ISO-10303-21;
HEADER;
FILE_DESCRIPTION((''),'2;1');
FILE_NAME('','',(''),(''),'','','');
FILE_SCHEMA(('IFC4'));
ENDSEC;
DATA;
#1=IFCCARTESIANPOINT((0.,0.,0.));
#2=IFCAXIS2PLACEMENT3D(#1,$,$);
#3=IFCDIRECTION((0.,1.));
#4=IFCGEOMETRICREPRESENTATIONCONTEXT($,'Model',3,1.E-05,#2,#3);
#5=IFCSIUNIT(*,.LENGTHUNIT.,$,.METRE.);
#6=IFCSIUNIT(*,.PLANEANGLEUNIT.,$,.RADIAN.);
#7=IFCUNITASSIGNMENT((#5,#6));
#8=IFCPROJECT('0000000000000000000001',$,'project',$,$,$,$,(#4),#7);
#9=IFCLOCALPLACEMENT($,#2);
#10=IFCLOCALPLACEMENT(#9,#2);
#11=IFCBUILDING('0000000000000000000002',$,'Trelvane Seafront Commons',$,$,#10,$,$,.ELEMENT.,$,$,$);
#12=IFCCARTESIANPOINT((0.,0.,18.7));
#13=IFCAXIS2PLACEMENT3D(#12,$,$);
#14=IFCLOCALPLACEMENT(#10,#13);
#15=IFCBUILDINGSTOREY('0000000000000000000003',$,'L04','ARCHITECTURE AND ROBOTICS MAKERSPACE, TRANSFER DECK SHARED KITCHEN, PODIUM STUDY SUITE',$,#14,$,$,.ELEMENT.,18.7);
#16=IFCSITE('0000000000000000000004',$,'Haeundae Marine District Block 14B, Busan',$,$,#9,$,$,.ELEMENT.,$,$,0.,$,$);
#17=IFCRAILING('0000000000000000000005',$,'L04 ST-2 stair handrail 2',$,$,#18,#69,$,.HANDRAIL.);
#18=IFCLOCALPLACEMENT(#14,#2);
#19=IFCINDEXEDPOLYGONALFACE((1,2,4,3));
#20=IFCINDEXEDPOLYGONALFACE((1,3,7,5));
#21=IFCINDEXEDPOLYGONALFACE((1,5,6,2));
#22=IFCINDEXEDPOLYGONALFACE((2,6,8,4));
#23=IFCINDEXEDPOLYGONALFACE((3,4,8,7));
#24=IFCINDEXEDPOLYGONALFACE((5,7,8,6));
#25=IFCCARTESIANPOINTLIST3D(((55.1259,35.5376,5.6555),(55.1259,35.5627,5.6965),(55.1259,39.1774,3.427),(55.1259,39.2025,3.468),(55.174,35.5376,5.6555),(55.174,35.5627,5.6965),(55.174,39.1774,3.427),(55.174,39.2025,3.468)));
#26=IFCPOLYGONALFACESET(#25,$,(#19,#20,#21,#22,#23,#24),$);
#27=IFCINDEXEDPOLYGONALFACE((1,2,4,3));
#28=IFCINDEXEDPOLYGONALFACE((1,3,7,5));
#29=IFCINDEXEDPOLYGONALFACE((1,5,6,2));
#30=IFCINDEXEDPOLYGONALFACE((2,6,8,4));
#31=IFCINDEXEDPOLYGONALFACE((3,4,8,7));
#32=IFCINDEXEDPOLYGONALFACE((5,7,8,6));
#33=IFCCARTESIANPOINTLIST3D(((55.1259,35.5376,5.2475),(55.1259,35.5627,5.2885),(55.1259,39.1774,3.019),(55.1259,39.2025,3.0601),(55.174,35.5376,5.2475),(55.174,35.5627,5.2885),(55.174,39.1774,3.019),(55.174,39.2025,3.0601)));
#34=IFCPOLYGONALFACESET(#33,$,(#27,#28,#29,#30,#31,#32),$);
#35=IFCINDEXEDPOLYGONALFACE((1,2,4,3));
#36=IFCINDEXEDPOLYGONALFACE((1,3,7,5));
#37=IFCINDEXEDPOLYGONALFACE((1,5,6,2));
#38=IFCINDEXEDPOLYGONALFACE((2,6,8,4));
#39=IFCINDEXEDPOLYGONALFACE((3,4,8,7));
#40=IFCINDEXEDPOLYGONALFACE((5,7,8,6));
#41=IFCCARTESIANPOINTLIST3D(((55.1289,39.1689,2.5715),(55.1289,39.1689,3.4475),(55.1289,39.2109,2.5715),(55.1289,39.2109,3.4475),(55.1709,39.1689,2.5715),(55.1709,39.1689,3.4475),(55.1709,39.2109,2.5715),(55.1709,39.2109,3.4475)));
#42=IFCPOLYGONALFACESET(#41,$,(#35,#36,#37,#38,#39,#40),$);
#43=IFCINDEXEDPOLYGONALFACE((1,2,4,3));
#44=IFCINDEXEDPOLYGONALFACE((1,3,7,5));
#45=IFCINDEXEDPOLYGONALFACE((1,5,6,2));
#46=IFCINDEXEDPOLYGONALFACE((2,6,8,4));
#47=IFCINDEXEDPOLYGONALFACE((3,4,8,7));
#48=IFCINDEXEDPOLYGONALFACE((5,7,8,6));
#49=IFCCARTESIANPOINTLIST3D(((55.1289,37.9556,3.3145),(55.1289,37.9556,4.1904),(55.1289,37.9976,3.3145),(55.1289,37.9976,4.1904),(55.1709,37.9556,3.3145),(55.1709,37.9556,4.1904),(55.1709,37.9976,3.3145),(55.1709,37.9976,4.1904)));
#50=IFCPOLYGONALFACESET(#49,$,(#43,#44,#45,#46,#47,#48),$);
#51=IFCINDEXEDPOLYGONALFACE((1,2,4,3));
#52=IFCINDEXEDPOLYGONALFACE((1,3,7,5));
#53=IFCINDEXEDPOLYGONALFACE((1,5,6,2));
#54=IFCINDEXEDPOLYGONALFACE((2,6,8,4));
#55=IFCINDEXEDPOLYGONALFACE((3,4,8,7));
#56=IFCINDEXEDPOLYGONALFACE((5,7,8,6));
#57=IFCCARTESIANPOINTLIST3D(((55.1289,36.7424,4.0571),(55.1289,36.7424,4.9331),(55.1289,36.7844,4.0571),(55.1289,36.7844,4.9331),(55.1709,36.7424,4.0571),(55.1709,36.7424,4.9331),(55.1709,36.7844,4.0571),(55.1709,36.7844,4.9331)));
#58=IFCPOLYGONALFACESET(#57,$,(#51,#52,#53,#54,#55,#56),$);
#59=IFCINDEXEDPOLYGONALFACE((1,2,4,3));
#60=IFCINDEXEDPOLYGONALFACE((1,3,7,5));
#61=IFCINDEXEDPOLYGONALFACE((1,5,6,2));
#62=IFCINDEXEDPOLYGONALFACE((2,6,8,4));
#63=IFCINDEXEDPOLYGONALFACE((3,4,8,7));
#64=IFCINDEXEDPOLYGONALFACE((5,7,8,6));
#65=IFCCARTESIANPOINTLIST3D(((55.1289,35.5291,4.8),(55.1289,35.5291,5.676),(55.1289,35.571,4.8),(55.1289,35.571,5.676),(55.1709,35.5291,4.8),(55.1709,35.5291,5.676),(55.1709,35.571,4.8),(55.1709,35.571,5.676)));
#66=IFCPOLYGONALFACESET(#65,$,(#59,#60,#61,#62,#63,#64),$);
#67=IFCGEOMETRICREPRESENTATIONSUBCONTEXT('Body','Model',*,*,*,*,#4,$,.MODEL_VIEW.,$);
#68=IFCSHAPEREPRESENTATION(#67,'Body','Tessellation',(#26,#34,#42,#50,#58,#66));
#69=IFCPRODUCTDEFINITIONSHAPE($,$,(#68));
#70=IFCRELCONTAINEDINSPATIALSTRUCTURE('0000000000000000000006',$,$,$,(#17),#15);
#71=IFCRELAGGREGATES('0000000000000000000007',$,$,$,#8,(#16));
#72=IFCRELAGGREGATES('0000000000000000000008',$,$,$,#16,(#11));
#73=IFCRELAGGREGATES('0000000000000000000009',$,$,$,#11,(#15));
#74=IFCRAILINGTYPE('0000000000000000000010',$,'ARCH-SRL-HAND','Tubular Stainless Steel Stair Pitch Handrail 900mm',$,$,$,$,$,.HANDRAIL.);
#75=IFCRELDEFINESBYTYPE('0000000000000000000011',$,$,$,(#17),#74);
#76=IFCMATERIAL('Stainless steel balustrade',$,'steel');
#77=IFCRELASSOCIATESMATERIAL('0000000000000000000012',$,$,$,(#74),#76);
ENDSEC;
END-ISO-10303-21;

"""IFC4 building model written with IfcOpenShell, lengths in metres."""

from ifc_helpers import new_model, si_unit, direction, frame, origin, origin_2d, place, context, subcontext, project, spatial, rectangle, extrude, material, type_object, element, save


model = new_model("IFC4")

# Units and contexts
model_context = context("Model", 3, precision=1e-05, world=origin(), true_north=direction((0.0, 1.0)))
body_context = subcontext(model_context, "Body", "Model", "MODEL_VIEW")
ifc_project = project(units=[si_unit("LENGTHUNIT", "METRE"), si_unit("PLANEANGLEUNIT", "RADIAN")], contexts=[model_context])

# Site, building, storey
site_placement = place(None, origin())
site = spatial("IfcSite", under=ifc_project, at=site_placement, Name="Haeundae Marine District Block 14B, Busan", CompositionType="ELEMENT", RefElevation=0.0)
building_placement = place(site_placement, origin())
building = spatial("IfcBuilding", under=site, at=building_placement, Name="Trelvane Seafront Commons", CompositionType="ELEMENT")
storey_placement = place(building_placement, frame((0.0, 0.0, 18.7)))
storey = spatial("IfcBuildingStorey", under=building, at=storey_placement, Name="L04", Description="ARCHITECTURE AND ROBOTICS MAKERSPACE, TRANSFER DECK SHARED KITCHEN, PODIUM STUDY SUITE", CompositionType="ELEMENT", Elevation=18.7)

# Railing
ifc_material_1 = material(Name="Stainless steel balustrade", Category="steel")
railing_type_1 = type_object("IfcRailingType", Name="ARCH-SRL-HAND", Description="Tubular Stainless Steel Stair Pitch Handrail 900mm", PredefinedType="HANDRAIL", material=ifc_material_1)
railing_1_placement = place(storey_placement, frame((55.1499, 39.1899, 2.5715)))
element("IfcRailing", 1, at=railing_1_placement, inside=storey, type_object=railing_type_1, Name="L04 ST-2 stair handrail 2", PredefinedType="HANDRAIL", context=body_context, shape_type="SweptSolid", body=[
    extrude(rectangle(XDim=0.0481, YDim=0.0481, at=origin_2d()), frame((0.0, 0.0, 0.876), z_axis=(0.0, -0.85285, 0.522156), x_axis=(1.0, 0.0, 0.0)), (0.0, 0.0, 1.0), 4.2678),
    extrude(rectangle(XDim=0.0481, YDim=0.0481, at=origin_2d()), frame((0.0, 0.0, 0.468), z_axis=(0.0, -0.85285, 0.522156), x_axis=(1.0, 0.0, 0.0)), (0.0, 0.0, 1.0), 4.2678),
    extrude(rectangle(XDim=0.042, YDim=0.042, at=origin_2d()), origin(), (0.0, 0.0, 1.0), 0.876),
    extrude(rectangle(XDim=0.042, YDim=0.042, at=origin_2d()), frame((0.0, -1.2134, 0.7429)), (0.0, 0.0, 1.0), 0.876),
    extrude(rectangle(XDim=0.042, YDim=0.042, at=origin_2d()), frame((0.0, -2.4265, 1.4856)), (0.0, 0.0, 1.0), 0.876),
    extrude(rectangle(XDim=0.042, YDim=0.042, at=origin_2d()), frame((0.0, -3.6399, 2.2285)), (0.0, 0.0, 1.0), 0.876),
])

save(model, "model.ifc")
